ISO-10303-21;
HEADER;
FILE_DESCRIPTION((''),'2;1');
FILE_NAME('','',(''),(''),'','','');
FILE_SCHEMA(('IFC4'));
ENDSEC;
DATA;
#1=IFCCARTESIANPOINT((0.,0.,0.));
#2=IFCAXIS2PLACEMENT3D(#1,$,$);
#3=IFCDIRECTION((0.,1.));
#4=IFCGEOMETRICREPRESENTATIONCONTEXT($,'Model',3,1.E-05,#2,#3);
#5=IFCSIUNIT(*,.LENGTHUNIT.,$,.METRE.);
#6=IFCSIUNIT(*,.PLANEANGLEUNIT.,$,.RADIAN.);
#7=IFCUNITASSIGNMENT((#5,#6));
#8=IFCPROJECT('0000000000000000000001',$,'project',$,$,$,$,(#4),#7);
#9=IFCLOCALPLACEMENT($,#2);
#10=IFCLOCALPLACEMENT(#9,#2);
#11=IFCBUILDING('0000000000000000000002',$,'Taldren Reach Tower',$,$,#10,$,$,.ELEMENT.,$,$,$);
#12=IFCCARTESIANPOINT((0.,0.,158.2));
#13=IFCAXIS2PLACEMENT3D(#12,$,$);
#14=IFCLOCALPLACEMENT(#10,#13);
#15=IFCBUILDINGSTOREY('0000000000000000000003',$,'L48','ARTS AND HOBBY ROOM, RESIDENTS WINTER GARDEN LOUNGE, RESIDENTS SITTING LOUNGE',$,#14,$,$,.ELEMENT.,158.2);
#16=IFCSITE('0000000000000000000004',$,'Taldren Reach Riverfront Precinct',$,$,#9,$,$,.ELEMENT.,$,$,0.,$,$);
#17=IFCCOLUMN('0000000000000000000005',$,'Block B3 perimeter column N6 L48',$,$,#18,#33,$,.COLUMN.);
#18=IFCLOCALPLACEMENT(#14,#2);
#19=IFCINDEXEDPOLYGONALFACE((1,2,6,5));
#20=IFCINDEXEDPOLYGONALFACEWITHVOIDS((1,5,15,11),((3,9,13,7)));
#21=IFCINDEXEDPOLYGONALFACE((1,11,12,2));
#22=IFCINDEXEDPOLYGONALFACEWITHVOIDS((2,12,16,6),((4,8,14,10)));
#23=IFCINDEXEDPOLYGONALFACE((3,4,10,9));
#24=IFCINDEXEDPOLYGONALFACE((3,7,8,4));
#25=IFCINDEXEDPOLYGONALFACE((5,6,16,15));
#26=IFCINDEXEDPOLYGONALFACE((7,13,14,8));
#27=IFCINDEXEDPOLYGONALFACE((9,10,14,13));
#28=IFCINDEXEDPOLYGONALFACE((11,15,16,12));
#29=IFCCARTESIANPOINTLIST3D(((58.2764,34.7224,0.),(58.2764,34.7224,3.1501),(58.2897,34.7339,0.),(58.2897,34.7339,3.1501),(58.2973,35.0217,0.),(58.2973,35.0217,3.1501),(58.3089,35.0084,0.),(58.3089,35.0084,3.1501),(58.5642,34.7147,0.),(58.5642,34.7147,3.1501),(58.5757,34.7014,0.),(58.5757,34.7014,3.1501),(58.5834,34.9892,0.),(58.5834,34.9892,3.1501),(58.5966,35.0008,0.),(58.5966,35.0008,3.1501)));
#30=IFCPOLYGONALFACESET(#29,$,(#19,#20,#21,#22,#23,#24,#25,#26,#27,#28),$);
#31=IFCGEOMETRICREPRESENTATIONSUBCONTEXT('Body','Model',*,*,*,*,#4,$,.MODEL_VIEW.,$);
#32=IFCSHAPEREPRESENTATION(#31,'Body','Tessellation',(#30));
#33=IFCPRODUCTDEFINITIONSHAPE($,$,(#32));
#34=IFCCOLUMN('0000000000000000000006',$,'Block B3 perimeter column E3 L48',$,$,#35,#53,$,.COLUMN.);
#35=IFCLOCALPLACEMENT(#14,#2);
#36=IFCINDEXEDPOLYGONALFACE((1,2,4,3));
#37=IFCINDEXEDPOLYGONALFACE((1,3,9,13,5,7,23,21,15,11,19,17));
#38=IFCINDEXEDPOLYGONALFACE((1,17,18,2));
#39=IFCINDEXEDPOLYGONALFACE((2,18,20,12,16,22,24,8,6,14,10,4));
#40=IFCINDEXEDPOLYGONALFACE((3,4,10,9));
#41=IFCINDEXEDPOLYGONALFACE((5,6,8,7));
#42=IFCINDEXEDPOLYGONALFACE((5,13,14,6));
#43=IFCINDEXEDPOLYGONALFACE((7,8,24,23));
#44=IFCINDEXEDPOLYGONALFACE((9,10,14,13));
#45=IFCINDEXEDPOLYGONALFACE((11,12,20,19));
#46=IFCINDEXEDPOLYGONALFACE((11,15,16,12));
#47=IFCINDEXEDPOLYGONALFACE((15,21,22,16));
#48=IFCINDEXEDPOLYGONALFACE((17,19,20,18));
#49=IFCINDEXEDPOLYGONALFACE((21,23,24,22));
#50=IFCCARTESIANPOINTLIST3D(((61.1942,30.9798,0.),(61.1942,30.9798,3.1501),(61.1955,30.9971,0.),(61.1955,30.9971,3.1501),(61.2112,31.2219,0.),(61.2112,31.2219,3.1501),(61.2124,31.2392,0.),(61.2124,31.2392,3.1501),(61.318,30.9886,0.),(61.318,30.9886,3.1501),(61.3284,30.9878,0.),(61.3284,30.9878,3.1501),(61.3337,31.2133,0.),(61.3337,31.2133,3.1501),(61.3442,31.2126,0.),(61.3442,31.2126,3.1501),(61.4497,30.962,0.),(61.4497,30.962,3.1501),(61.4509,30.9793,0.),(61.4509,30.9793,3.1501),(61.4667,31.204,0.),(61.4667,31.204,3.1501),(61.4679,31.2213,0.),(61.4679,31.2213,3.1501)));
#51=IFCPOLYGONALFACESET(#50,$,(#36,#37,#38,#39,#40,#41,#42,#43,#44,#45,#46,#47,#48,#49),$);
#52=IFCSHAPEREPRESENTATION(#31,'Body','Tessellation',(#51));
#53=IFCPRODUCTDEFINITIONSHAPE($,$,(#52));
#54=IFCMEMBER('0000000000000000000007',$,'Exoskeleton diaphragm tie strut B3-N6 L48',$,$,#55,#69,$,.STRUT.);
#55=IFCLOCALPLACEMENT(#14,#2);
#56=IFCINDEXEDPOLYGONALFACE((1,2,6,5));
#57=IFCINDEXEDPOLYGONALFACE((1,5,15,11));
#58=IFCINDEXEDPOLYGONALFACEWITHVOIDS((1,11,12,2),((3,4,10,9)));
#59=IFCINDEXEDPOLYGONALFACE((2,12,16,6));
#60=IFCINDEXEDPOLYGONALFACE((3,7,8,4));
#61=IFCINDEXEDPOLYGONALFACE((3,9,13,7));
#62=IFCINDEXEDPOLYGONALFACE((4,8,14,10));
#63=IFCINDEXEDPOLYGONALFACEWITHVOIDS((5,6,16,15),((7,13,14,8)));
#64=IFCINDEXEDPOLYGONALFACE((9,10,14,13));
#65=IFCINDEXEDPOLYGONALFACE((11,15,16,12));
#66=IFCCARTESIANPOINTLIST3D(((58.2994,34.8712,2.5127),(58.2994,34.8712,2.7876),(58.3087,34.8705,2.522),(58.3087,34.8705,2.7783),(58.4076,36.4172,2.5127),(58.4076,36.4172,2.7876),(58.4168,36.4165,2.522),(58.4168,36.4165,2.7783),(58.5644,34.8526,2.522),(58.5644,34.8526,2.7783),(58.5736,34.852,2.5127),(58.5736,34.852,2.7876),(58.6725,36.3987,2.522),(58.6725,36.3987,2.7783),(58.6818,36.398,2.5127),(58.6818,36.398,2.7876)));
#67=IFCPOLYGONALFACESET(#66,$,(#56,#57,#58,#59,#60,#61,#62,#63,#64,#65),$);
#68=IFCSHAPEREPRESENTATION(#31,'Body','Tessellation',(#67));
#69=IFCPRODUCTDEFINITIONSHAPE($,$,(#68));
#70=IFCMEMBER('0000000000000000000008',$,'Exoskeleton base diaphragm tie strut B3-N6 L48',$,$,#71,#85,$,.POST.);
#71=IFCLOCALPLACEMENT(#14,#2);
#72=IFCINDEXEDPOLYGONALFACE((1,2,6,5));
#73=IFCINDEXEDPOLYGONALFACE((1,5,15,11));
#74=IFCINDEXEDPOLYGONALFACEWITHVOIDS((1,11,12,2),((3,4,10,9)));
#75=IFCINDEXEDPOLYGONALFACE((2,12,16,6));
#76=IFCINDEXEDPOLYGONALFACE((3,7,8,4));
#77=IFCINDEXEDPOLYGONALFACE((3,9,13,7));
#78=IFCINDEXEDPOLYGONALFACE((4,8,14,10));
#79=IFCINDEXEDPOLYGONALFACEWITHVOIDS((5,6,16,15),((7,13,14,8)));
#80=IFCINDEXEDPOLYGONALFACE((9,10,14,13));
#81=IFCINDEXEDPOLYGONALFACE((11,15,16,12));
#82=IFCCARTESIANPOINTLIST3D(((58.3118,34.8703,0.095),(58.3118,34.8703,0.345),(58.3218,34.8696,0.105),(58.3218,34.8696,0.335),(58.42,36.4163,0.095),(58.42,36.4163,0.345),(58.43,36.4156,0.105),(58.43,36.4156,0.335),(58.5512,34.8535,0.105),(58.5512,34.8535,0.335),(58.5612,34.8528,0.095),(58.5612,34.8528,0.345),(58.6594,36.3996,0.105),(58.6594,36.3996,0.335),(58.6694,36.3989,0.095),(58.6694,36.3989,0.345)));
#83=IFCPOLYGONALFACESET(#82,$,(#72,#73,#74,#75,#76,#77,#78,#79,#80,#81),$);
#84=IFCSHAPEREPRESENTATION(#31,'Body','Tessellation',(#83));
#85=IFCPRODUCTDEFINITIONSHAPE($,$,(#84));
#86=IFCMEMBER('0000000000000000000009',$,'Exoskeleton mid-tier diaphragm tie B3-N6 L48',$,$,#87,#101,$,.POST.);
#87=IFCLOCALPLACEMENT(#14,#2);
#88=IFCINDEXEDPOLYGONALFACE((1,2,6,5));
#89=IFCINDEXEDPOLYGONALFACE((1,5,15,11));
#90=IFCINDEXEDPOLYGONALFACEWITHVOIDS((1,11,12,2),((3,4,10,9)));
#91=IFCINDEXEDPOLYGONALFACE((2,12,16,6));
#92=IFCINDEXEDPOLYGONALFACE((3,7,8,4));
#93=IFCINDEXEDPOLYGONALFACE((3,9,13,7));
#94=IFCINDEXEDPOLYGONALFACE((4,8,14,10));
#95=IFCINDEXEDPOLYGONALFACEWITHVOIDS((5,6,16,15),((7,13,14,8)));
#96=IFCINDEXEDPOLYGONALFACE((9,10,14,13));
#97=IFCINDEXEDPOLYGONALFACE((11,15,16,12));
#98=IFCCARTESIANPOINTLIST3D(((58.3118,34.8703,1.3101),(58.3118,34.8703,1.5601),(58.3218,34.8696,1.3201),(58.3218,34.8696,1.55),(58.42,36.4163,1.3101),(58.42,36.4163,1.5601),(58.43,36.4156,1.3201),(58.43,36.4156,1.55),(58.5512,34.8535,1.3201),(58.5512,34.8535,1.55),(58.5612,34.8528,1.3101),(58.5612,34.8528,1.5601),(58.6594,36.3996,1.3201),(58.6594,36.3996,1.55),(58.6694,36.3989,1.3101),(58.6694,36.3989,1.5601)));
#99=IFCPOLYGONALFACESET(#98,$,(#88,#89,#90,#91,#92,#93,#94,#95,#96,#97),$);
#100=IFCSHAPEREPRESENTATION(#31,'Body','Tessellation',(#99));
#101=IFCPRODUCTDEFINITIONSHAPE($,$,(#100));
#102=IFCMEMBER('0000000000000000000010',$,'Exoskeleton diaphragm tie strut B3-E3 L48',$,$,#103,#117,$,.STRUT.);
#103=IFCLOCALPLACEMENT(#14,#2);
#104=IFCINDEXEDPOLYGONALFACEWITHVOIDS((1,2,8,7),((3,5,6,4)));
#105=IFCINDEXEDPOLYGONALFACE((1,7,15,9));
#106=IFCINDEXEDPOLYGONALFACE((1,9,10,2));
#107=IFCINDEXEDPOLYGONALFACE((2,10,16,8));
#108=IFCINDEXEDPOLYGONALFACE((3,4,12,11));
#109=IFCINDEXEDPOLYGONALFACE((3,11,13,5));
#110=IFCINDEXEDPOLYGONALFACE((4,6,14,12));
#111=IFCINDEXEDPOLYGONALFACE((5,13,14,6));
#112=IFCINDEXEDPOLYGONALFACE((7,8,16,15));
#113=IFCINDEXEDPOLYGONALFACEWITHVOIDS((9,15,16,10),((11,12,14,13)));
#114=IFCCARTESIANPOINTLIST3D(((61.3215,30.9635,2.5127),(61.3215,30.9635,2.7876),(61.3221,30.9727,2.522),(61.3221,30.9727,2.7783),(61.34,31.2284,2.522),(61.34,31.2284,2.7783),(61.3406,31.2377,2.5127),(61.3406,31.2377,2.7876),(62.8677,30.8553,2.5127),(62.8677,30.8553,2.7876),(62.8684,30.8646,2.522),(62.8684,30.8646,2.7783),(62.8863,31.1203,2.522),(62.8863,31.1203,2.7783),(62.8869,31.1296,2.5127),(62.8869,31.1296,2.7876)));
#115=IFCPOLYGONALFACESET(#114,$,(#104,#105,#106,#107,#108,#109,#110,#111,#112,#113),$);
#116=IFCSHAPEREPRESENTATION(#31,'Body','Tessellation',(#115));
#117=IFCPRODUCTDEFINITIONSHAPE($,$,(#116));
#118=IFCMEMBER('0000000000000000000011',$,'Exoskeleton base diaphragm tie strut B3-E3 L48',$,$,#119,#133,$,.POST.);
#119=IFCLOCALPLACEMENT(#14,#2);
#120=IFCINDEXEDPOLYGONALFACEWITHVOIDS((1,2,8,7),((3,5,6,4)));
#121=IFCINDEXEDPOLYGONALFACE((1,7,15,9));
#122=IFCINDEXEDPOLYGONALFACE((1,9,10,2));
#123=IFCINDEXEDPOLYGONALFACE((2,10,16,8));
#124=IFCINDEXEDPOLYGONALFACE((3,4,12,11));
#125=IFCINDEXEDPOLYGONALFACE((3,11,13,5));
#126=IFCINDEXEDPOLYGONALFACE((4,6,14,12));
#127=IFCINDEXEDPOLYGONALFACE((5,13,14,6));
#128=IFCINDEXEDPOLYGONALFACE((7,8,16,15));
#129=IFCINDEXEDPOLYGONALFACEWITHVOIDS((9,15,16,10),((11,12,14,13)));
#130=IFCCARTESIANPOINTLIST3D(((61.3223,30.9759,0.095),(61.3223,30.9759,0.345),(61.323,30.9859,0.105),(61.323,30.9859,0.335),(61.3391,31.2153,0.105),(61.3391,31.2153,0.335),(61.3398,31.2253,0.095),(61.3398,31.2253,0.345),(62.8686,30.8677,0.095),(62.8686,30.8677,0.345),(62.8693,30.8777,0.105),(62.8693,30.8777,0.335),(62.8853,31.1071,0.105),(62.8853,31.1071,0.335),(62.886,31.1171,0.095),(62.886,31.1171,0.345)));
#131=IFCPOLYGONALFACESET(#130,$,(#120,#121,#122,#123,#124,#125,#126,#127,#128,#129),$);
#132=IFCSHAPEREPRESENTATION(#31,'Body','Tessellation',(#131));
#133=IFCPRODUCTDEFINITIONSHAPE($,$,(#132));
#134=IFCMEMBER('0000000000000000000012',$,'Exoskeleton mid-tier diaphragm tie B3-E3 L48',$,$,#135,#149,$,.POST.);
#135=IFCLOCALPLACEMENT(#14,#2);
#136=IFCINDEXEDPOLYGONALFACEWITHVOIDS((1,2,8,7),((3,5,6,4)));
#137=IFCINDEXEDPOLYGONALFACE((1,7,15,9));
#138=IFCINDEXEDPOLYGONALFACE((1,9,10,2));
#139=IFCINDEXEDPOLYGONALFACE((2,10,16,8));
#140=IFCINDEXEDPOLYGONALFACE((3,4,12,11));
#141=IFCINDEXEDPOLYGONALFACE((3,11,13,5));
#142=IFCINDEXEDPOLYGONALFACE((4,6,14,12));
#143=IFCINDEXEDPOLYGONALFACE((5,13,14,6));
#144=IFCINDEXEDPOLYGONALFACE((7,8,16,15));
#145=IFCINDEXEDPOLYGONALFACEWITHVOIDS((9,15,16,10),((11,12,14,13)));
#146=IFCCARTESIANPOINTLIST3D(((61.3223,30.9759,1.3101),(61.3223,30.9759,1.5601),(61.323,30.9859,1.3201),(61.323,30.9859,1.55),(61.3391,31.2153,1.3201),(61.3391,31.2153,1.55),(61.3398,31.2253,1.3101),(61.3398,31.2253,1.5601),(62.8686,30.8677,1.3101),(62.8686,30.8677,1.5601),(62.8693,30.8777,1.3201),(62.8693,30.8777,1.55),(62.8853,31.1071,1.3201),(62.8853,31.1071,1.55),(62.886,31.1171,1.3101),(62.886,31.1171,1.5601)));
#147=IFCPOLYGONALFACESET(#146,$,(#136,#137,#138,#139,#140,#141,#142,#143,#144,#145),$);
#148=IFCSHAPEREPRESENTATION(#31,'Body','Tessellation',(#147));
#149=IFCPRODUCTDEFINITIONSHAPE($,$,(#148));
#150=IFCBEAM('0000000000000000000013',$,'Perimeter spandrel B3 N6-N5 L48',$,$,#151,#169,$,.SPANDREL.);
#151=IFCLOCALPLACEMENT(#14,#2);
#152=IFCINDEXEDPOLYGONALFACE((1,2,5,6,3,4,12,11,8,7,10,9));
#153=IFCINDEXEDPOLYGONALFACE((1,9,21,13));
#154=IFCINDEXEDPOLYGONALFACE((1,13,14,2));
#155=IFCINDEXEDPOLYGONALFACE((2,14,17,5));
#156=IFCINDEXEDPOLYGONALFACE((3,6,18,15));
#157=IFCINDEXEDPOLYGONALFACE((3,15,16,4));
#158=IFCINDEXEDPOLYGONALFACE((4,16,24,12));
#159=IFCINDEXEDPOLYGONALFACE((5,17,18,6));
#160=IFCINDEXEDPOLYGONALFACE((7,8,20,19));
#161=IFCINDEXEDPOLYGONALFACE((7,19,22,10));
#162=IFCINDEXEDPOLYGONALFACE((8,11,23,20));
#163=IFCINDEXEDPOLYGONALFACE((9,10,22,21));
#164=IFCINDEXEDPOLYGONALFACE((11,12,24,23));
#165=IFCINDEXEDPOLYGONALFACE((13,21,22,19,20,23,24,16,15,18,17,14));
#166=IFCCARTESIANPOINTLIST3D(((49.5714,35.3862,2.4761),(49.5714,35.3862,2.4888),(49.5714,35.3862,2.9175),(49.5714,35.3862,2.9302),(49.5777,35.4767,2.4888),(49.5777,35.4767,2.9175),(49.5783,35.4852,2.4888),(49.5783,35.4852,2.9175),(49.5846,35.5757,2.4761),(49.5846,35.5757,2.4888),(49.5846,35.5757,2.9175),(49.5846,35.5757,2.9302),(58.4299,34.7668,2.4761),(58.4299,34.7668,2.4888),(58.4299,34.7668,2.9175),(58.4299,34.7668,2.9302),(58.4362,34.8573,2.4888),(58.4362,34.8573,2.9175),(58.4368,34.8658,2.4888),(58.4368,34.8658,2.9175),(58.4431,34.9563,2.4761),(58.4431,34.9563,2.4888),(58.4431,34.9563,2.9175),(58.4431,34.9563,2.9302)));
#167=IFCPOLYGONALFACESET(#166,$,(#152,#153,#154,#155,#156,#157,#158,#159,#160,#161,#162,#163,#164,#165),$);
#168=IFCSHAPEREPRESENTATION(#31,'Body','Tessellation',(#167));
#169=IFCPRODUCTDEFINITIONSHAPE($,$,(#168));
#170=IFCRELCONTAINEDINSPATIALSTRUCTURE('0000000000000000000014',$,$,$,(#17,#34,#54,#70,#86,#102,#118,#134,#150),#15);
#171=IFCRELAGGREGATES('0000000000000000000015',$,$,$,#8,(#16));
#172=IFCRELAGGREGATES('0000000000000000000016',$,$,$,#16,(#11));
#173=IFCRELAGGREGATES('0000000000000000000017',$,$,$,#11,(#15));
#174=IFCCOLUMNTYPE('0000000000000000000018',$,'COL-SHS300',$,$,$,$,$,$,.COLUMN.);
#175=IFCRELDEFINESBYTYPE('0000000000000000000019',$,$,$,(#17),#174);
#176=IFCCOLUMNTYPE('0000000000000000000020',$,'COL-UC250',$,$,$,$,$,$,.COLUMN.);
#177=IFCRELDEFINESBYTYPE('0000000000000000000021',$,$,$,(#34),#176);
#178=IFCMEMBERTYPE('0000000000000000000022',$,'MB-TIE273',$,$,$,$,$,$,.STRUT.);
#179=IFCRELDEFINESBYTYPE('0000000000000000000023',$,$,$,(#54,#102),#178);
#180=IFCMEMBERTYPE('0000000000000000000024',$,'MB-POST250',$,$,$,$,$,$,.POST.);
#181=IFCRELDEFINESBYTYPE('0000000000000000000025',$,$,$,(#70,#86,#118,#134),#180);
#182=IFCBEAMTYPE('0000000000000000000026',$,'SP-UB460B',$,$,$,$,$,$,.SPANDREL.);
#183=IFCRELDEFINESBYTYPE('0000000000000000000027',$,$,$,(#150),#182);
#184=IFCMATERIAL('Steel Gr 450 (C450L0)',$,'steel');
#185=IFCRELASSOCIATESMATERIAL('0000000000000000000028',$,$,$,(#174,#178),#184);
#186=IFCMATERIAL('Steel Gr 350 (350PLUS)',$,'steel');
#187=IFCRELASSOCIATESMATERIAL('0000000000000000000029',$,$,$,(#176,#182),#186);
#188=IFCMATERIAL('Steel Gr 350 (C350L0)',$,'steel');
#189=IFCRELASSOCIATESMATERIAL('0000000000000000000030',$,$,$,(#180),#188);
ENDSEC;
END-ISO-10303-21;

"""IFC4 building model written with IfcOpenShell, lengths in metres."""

from ifc_helpers import new_model, si_unit, direction, frame, origin, origin_2d, place, context, subcontext, project, spatial, hollow_rectangle, i_section, extrude, source, transform, mapped, material, material_profile, profile_set, type_object, element, save


model = new_model("IFC4")

# Units and contexts
model_context = context("Model", 3, precision=1e-05, world=origin(), true_north=direction((0.0, 1.0)))
body_context = subcontext(model_context, "Body", "Model", "MODEL_VIEW")
ifc_project = project(units=[si_unit("LENGTHUNIT", "METRE"), si_unit("PLANEANGLEUNIT", "RADIAN")], contexts=[model_context])

# Site, building, storey
site_placement = place(None, origin())
site = spatial("IfcSite", under=ifc_project, at=site_placement, Name="Taldren Reach Riverfront Precinct", CompositionType="ELEMENT", RefElevation=0.0)
building_placement = place(site_placement, origin())
building = spatial("IfcBuilding", under=site, at=building_placement, Name="Taldren Reach Tower", CompositionType="ELEMENT")
storey_placement = place(building_placement, frame((0.0, 0.0, 158.2)))
storey = spatial("IfcBuildingStorey", under=building, at=storey_placement, Name="L48", Description="ARTS AND HOBBY ROOM, RESIDENTS WINTER GARDEN LOUNGE, RESIDENTS SITTING LOUNGE", CompositionType="ELEMENT", Elevation=158.2)

# Columns
ifc_material_1 = material(Name="Steel Gr 450 (C450L0)", Category="steel")
ifc_material_profile_1 = material_profile(ifc_material_1, hollow_rectangle(XDim=0.3, YDim=0.3, WallThickness=0.0125, at=origin_2d()), Name="300x300x12.5SHS")
ifc_profile_set_1 = profile_set([ifc_material_profile_1], Name="Steel Gr 450 (C450L0)")
column_type_1 = type_object("IfcColumnType", Name="COL-SHS300", PredefinedType="COLUMN", material=ifc_profile_set_1)
shared_shape_1 = source(origin(), body_context, "Body", "SweptSolid", [
    extrude(hollow_rectangle(XDim=0.3, YDim=0.3, WallThickness=0.0125, at=origin_2d()), origin(), (0.0, 0.0, 1.0), 3.1501),
])
column_1_placement = place(storey_placement, frame((58.4365, 34.8616, 0.0), z_axis=(0.0, 0.0, 1.0), x_axis=(0.997564, -0.069756, 0.0)))
element("IfcColumn", 1, at=column_1_placement, inside=storey, type_object=column_type_1, Name="Block B3 perimeter column N6 L48", PredefinedType="COLUMN", context=body_context, shape_type="MappedRepresentation", body=[
    mapped(shared_shape_1, transform((0.0, 0.0, 0.0), scale=1.0)),
])
ifc_material_2 = material(Name="Steel Gr 350 (350PLUS)", Category="steel")
ifc_material_profile_2 = material_profile(ifc_material_2, i_section(OverallWidth=0.2561, OverallDepth=0.26, WebThickness=0.0105, FlangeThickness=0.0173, at=origin_2d()), Name="250UC89.5")
ifc_profile_set_2 = profile_set([ifc_material_profile_2], Name="Steel Gr 350 (350PLUS)")
column_type_2 = type_object("IfcColumnType", Name="COL-UC250", PredefinedType="COLUMN", material=ifc_profile_set_2)
shared_shape_2 = source(origin(), body_context, "Body", "SweptSolid", [
    extrude(i_section(OverallWidth=0.2561, OverallDepth=0.26, WebThickness=0.0105, FlangeThickness=0.0173, at=origin_2d()), origin(), (0.0, 0.0, 1.0), 3.1501),
])
column_2_placement = place(storey_placement, frame((61.3311, 31.1006, 0.0), z_axis=(0.0, 0.0, 1.0), x_axis=(0.997564, -0.069756, 0.0)))
element("IfcColumn", 2, at=column_2_placement, inside=storey, type_object=column_type_2, Name="Block B3 perimeter column E3 L48", PredefinedType="COLUMN", context=body_context, shape_type="MappedRepresentation", body=[
    mapped(shared_shape_2, transform((0.0, 0.0, 0.0), scale=1.0)),
])

# Members
ifc_material_profile_3 = material_profile(ifc_material_1, hollow_rectangle(XDim=0.2749, YDim=0.2749, WallThickness=0.0093, at=origin_2d()), Name="275x275x9.3SHS")
ifc_profile_set_3 = profile_set([ifc_material_profile_3], Name="Steel Gr 450 (C450L0)")
member_type_1 = type_object("IfcMemberType", Name="MB-TIE273", PredefinedType="STRUT", material=ifc_profile_set_3)
shared_shape_3 = source(origin(), body_context, "Body", "SweptSolid", [
    extrude(hollow_rectangle(XDim=0.2749, YDim=0.2749, WallThickness=0.0093, at=origin_2d()), origin(), (0.0, 0.0, 1.0), 1.5498),
])
member_1_placement = place(storey_placement, frame((58.4365, 34.8616, 2.6501), z_axis=(0.069781, 0.997562, 0.0), x_axis=(-0.997562, 0.069781, 0.0)))
element("IfcMember", 3, at=member_1_placement, inside=storey, type_object=member_type_1, Name="Exoskeleton diaphragm tie strut B3-N6 L48", PredefinedType="STRUT", context=body_context, shape_type="MappedRepresentation", body=[
    mapped(shared_shape_3, transform((0.0, 0.0, 0.0), scale=1.0)),
])
ifc_material_3 = material(Name="Steel Gr 350 (C350L0)", Category="steel")
ifc_material_profile_4 = material_profile(ifc_material_3, hollow_rectangle(XDim=0.25, YDim=0.25, WallThickness=0.01, at=origin_2d()), Name="250x250x10.0SHS")
ifc_profile_set_4 = profile_set([ifc_material_profile_4], Name="Steel Gr 350 (C350L0)")
member_type_2 = type_object("IfcMemberType", Name="MB-POST250", PredefinedType="POST", material=ifc_profile_set_4)
shared_shape_4 = source(origin(), body_context, "Body", "SweptSolid", [
    extrude(hollow_rectangle(XDim=0.25, YDim=0.25, WallThickness=0.01, at=origin_2d()), origin(), (0.0, 0.0, 1.0), 1.5498),
])
for number, where, z_axis, x_axis, name in (
    (4, (58.4365, 34.8616, 0.22), (0.069781, 0.997562, 0.0), (-0.997562, 0.069781, 0.0), "Exoskeleton base diaphragm tie strut B3-N6 L48"),
    (5, (58.4365, 34.8616, 1.4351), (0.069781, 0.997562, 0.0), (-0.997562, 0.069781, 0.0), "Exoskeleton mid-tier diaphragm tie B3-N6 L48"),
):
    element("IfcMember", number, at=place(storey_placement, frame(where, z_axis=z_axis, x_axis=x_axis)), inside=storey, type_object=member_type_2, Name=name, PredefinedType="POST", context=body_context, shape_type="MappedRepresentation", body=[
        mapped(shared_shape_4, transform((0.0, 0.0, 0.0), scale=1.0)),
    ])
shared_shape_5 = source(origin(), body_context, "Body", "SweptSolid", [
    extrude(hollow_rectangle(XDim=0.2749, YDim=0.2749, WallThickness=0.0093, at=origin_2d()), origin(), (0.0, 0.0, 1.0), 1.55),
])
member_2_placement = place(storey_placement, frame((61.3311, 31.1006, 2.6501), z_axis=(0.997563, -0.06977, 0.0), x_axis=(0.06977, 0.997563, 0.0)))
element("IfcMember", 6, at=member_2_placement, inside=storey, type_object=member_type_1, Name="Exoskeleton diaphragm tie strut B3-E3 L48", PredefinedType="STRUT", context=body_context, shape_type="MappedRepresentation", body=[
    mapped(shared_shape_5, transform((0.0, 0.0, 0.0), scale=1.0)),
])
shared_shape_6 = source(origin(), body_context, "Body", "SweptSolid", [
    extrude(hollow_rectangle(XDim=0.25, YDim=0.25, WallThickness=0.01, at=origin_2d()), origin(), (0.0, 0.0, 1.0), 1.55),
])
for number, where, z_axis, x_axis, name in (
    (7, (61.3311, 31.1006, 0.22), (0.997563, -0.06977, 0.0), (0.06977, 0.997563, 0.0), "Exoskeleton base diaphragm tie strut B3-E3 L48"),
    (8, (61.3311, 31.1006, 1.4351), (0.997563, -0.06977, 0.0), (0.06977, 0.997563, 0.0), "Exoskeleton mid-tier diaphragm tie B3-E3 L48"),
):
    element("IfcMember", number, at=place(storey_placement, frame(where, z_axis=z_axis, x_axis=x_axis)), inside=storey, type_object=member_type_2, Name=name, PredefinedType="POST", context=body_context, shape_type="MappedRepresentation", body=[
        mapped(shared_shape_6, transform((0.0, 0.0, 0.0), scale=1.0)),
    ])

# Beam
ifc_material_profile_5 = material_profile(ifc_material_2, i_section(OverallWidth=0.1899, OverallDepth=0.4541, WebThickness=0.0085, FlangeThickness=0.0127, at=origin_2d()), Name="460UB67.1")
ifc_profile_set_5 = profile_set([ifc_material_profile_5], Name="Steel Gr 350 (350PLUS)")
beam_type = type_object("IfcBeamType", Name="SP-UB460B", PredefinedType="SPANDREL", material=ifc_profile_set_5)
shared_shape_7 = source(origin(), body_context, "Body", "SweptSolid", [
    extrude(i_section(OverallWidth=0.1899, OverallDepth=0.4541, WebThickness=0.0085, FlangeThickness=0.0127, at=origin_2d()), origin(), (0.0, 0.0, 1.0), 8.8801),
])
beam_1_placement = place(storey_placement, frame((58.4365, 34.8616, 2.7031), z_axis=(-0.997564, 0.06975, 0.0), x_axis=(-0.06975, -0.997564, 0.0)))
element("IfcBeam", 9, at=beam_1_placement, inside=storey, type_object=beam_type, Name="Perimeter spandrel B3 N6-N5 L48", PredefinedType="SPANDREL", context=body_context, shape_type="MappedRepresentation", body=[
    mapped(shared_shape_7, transform((0.0, 0.0, 0.0), scale=1.0)),
])

save(model, "model.ifc")
